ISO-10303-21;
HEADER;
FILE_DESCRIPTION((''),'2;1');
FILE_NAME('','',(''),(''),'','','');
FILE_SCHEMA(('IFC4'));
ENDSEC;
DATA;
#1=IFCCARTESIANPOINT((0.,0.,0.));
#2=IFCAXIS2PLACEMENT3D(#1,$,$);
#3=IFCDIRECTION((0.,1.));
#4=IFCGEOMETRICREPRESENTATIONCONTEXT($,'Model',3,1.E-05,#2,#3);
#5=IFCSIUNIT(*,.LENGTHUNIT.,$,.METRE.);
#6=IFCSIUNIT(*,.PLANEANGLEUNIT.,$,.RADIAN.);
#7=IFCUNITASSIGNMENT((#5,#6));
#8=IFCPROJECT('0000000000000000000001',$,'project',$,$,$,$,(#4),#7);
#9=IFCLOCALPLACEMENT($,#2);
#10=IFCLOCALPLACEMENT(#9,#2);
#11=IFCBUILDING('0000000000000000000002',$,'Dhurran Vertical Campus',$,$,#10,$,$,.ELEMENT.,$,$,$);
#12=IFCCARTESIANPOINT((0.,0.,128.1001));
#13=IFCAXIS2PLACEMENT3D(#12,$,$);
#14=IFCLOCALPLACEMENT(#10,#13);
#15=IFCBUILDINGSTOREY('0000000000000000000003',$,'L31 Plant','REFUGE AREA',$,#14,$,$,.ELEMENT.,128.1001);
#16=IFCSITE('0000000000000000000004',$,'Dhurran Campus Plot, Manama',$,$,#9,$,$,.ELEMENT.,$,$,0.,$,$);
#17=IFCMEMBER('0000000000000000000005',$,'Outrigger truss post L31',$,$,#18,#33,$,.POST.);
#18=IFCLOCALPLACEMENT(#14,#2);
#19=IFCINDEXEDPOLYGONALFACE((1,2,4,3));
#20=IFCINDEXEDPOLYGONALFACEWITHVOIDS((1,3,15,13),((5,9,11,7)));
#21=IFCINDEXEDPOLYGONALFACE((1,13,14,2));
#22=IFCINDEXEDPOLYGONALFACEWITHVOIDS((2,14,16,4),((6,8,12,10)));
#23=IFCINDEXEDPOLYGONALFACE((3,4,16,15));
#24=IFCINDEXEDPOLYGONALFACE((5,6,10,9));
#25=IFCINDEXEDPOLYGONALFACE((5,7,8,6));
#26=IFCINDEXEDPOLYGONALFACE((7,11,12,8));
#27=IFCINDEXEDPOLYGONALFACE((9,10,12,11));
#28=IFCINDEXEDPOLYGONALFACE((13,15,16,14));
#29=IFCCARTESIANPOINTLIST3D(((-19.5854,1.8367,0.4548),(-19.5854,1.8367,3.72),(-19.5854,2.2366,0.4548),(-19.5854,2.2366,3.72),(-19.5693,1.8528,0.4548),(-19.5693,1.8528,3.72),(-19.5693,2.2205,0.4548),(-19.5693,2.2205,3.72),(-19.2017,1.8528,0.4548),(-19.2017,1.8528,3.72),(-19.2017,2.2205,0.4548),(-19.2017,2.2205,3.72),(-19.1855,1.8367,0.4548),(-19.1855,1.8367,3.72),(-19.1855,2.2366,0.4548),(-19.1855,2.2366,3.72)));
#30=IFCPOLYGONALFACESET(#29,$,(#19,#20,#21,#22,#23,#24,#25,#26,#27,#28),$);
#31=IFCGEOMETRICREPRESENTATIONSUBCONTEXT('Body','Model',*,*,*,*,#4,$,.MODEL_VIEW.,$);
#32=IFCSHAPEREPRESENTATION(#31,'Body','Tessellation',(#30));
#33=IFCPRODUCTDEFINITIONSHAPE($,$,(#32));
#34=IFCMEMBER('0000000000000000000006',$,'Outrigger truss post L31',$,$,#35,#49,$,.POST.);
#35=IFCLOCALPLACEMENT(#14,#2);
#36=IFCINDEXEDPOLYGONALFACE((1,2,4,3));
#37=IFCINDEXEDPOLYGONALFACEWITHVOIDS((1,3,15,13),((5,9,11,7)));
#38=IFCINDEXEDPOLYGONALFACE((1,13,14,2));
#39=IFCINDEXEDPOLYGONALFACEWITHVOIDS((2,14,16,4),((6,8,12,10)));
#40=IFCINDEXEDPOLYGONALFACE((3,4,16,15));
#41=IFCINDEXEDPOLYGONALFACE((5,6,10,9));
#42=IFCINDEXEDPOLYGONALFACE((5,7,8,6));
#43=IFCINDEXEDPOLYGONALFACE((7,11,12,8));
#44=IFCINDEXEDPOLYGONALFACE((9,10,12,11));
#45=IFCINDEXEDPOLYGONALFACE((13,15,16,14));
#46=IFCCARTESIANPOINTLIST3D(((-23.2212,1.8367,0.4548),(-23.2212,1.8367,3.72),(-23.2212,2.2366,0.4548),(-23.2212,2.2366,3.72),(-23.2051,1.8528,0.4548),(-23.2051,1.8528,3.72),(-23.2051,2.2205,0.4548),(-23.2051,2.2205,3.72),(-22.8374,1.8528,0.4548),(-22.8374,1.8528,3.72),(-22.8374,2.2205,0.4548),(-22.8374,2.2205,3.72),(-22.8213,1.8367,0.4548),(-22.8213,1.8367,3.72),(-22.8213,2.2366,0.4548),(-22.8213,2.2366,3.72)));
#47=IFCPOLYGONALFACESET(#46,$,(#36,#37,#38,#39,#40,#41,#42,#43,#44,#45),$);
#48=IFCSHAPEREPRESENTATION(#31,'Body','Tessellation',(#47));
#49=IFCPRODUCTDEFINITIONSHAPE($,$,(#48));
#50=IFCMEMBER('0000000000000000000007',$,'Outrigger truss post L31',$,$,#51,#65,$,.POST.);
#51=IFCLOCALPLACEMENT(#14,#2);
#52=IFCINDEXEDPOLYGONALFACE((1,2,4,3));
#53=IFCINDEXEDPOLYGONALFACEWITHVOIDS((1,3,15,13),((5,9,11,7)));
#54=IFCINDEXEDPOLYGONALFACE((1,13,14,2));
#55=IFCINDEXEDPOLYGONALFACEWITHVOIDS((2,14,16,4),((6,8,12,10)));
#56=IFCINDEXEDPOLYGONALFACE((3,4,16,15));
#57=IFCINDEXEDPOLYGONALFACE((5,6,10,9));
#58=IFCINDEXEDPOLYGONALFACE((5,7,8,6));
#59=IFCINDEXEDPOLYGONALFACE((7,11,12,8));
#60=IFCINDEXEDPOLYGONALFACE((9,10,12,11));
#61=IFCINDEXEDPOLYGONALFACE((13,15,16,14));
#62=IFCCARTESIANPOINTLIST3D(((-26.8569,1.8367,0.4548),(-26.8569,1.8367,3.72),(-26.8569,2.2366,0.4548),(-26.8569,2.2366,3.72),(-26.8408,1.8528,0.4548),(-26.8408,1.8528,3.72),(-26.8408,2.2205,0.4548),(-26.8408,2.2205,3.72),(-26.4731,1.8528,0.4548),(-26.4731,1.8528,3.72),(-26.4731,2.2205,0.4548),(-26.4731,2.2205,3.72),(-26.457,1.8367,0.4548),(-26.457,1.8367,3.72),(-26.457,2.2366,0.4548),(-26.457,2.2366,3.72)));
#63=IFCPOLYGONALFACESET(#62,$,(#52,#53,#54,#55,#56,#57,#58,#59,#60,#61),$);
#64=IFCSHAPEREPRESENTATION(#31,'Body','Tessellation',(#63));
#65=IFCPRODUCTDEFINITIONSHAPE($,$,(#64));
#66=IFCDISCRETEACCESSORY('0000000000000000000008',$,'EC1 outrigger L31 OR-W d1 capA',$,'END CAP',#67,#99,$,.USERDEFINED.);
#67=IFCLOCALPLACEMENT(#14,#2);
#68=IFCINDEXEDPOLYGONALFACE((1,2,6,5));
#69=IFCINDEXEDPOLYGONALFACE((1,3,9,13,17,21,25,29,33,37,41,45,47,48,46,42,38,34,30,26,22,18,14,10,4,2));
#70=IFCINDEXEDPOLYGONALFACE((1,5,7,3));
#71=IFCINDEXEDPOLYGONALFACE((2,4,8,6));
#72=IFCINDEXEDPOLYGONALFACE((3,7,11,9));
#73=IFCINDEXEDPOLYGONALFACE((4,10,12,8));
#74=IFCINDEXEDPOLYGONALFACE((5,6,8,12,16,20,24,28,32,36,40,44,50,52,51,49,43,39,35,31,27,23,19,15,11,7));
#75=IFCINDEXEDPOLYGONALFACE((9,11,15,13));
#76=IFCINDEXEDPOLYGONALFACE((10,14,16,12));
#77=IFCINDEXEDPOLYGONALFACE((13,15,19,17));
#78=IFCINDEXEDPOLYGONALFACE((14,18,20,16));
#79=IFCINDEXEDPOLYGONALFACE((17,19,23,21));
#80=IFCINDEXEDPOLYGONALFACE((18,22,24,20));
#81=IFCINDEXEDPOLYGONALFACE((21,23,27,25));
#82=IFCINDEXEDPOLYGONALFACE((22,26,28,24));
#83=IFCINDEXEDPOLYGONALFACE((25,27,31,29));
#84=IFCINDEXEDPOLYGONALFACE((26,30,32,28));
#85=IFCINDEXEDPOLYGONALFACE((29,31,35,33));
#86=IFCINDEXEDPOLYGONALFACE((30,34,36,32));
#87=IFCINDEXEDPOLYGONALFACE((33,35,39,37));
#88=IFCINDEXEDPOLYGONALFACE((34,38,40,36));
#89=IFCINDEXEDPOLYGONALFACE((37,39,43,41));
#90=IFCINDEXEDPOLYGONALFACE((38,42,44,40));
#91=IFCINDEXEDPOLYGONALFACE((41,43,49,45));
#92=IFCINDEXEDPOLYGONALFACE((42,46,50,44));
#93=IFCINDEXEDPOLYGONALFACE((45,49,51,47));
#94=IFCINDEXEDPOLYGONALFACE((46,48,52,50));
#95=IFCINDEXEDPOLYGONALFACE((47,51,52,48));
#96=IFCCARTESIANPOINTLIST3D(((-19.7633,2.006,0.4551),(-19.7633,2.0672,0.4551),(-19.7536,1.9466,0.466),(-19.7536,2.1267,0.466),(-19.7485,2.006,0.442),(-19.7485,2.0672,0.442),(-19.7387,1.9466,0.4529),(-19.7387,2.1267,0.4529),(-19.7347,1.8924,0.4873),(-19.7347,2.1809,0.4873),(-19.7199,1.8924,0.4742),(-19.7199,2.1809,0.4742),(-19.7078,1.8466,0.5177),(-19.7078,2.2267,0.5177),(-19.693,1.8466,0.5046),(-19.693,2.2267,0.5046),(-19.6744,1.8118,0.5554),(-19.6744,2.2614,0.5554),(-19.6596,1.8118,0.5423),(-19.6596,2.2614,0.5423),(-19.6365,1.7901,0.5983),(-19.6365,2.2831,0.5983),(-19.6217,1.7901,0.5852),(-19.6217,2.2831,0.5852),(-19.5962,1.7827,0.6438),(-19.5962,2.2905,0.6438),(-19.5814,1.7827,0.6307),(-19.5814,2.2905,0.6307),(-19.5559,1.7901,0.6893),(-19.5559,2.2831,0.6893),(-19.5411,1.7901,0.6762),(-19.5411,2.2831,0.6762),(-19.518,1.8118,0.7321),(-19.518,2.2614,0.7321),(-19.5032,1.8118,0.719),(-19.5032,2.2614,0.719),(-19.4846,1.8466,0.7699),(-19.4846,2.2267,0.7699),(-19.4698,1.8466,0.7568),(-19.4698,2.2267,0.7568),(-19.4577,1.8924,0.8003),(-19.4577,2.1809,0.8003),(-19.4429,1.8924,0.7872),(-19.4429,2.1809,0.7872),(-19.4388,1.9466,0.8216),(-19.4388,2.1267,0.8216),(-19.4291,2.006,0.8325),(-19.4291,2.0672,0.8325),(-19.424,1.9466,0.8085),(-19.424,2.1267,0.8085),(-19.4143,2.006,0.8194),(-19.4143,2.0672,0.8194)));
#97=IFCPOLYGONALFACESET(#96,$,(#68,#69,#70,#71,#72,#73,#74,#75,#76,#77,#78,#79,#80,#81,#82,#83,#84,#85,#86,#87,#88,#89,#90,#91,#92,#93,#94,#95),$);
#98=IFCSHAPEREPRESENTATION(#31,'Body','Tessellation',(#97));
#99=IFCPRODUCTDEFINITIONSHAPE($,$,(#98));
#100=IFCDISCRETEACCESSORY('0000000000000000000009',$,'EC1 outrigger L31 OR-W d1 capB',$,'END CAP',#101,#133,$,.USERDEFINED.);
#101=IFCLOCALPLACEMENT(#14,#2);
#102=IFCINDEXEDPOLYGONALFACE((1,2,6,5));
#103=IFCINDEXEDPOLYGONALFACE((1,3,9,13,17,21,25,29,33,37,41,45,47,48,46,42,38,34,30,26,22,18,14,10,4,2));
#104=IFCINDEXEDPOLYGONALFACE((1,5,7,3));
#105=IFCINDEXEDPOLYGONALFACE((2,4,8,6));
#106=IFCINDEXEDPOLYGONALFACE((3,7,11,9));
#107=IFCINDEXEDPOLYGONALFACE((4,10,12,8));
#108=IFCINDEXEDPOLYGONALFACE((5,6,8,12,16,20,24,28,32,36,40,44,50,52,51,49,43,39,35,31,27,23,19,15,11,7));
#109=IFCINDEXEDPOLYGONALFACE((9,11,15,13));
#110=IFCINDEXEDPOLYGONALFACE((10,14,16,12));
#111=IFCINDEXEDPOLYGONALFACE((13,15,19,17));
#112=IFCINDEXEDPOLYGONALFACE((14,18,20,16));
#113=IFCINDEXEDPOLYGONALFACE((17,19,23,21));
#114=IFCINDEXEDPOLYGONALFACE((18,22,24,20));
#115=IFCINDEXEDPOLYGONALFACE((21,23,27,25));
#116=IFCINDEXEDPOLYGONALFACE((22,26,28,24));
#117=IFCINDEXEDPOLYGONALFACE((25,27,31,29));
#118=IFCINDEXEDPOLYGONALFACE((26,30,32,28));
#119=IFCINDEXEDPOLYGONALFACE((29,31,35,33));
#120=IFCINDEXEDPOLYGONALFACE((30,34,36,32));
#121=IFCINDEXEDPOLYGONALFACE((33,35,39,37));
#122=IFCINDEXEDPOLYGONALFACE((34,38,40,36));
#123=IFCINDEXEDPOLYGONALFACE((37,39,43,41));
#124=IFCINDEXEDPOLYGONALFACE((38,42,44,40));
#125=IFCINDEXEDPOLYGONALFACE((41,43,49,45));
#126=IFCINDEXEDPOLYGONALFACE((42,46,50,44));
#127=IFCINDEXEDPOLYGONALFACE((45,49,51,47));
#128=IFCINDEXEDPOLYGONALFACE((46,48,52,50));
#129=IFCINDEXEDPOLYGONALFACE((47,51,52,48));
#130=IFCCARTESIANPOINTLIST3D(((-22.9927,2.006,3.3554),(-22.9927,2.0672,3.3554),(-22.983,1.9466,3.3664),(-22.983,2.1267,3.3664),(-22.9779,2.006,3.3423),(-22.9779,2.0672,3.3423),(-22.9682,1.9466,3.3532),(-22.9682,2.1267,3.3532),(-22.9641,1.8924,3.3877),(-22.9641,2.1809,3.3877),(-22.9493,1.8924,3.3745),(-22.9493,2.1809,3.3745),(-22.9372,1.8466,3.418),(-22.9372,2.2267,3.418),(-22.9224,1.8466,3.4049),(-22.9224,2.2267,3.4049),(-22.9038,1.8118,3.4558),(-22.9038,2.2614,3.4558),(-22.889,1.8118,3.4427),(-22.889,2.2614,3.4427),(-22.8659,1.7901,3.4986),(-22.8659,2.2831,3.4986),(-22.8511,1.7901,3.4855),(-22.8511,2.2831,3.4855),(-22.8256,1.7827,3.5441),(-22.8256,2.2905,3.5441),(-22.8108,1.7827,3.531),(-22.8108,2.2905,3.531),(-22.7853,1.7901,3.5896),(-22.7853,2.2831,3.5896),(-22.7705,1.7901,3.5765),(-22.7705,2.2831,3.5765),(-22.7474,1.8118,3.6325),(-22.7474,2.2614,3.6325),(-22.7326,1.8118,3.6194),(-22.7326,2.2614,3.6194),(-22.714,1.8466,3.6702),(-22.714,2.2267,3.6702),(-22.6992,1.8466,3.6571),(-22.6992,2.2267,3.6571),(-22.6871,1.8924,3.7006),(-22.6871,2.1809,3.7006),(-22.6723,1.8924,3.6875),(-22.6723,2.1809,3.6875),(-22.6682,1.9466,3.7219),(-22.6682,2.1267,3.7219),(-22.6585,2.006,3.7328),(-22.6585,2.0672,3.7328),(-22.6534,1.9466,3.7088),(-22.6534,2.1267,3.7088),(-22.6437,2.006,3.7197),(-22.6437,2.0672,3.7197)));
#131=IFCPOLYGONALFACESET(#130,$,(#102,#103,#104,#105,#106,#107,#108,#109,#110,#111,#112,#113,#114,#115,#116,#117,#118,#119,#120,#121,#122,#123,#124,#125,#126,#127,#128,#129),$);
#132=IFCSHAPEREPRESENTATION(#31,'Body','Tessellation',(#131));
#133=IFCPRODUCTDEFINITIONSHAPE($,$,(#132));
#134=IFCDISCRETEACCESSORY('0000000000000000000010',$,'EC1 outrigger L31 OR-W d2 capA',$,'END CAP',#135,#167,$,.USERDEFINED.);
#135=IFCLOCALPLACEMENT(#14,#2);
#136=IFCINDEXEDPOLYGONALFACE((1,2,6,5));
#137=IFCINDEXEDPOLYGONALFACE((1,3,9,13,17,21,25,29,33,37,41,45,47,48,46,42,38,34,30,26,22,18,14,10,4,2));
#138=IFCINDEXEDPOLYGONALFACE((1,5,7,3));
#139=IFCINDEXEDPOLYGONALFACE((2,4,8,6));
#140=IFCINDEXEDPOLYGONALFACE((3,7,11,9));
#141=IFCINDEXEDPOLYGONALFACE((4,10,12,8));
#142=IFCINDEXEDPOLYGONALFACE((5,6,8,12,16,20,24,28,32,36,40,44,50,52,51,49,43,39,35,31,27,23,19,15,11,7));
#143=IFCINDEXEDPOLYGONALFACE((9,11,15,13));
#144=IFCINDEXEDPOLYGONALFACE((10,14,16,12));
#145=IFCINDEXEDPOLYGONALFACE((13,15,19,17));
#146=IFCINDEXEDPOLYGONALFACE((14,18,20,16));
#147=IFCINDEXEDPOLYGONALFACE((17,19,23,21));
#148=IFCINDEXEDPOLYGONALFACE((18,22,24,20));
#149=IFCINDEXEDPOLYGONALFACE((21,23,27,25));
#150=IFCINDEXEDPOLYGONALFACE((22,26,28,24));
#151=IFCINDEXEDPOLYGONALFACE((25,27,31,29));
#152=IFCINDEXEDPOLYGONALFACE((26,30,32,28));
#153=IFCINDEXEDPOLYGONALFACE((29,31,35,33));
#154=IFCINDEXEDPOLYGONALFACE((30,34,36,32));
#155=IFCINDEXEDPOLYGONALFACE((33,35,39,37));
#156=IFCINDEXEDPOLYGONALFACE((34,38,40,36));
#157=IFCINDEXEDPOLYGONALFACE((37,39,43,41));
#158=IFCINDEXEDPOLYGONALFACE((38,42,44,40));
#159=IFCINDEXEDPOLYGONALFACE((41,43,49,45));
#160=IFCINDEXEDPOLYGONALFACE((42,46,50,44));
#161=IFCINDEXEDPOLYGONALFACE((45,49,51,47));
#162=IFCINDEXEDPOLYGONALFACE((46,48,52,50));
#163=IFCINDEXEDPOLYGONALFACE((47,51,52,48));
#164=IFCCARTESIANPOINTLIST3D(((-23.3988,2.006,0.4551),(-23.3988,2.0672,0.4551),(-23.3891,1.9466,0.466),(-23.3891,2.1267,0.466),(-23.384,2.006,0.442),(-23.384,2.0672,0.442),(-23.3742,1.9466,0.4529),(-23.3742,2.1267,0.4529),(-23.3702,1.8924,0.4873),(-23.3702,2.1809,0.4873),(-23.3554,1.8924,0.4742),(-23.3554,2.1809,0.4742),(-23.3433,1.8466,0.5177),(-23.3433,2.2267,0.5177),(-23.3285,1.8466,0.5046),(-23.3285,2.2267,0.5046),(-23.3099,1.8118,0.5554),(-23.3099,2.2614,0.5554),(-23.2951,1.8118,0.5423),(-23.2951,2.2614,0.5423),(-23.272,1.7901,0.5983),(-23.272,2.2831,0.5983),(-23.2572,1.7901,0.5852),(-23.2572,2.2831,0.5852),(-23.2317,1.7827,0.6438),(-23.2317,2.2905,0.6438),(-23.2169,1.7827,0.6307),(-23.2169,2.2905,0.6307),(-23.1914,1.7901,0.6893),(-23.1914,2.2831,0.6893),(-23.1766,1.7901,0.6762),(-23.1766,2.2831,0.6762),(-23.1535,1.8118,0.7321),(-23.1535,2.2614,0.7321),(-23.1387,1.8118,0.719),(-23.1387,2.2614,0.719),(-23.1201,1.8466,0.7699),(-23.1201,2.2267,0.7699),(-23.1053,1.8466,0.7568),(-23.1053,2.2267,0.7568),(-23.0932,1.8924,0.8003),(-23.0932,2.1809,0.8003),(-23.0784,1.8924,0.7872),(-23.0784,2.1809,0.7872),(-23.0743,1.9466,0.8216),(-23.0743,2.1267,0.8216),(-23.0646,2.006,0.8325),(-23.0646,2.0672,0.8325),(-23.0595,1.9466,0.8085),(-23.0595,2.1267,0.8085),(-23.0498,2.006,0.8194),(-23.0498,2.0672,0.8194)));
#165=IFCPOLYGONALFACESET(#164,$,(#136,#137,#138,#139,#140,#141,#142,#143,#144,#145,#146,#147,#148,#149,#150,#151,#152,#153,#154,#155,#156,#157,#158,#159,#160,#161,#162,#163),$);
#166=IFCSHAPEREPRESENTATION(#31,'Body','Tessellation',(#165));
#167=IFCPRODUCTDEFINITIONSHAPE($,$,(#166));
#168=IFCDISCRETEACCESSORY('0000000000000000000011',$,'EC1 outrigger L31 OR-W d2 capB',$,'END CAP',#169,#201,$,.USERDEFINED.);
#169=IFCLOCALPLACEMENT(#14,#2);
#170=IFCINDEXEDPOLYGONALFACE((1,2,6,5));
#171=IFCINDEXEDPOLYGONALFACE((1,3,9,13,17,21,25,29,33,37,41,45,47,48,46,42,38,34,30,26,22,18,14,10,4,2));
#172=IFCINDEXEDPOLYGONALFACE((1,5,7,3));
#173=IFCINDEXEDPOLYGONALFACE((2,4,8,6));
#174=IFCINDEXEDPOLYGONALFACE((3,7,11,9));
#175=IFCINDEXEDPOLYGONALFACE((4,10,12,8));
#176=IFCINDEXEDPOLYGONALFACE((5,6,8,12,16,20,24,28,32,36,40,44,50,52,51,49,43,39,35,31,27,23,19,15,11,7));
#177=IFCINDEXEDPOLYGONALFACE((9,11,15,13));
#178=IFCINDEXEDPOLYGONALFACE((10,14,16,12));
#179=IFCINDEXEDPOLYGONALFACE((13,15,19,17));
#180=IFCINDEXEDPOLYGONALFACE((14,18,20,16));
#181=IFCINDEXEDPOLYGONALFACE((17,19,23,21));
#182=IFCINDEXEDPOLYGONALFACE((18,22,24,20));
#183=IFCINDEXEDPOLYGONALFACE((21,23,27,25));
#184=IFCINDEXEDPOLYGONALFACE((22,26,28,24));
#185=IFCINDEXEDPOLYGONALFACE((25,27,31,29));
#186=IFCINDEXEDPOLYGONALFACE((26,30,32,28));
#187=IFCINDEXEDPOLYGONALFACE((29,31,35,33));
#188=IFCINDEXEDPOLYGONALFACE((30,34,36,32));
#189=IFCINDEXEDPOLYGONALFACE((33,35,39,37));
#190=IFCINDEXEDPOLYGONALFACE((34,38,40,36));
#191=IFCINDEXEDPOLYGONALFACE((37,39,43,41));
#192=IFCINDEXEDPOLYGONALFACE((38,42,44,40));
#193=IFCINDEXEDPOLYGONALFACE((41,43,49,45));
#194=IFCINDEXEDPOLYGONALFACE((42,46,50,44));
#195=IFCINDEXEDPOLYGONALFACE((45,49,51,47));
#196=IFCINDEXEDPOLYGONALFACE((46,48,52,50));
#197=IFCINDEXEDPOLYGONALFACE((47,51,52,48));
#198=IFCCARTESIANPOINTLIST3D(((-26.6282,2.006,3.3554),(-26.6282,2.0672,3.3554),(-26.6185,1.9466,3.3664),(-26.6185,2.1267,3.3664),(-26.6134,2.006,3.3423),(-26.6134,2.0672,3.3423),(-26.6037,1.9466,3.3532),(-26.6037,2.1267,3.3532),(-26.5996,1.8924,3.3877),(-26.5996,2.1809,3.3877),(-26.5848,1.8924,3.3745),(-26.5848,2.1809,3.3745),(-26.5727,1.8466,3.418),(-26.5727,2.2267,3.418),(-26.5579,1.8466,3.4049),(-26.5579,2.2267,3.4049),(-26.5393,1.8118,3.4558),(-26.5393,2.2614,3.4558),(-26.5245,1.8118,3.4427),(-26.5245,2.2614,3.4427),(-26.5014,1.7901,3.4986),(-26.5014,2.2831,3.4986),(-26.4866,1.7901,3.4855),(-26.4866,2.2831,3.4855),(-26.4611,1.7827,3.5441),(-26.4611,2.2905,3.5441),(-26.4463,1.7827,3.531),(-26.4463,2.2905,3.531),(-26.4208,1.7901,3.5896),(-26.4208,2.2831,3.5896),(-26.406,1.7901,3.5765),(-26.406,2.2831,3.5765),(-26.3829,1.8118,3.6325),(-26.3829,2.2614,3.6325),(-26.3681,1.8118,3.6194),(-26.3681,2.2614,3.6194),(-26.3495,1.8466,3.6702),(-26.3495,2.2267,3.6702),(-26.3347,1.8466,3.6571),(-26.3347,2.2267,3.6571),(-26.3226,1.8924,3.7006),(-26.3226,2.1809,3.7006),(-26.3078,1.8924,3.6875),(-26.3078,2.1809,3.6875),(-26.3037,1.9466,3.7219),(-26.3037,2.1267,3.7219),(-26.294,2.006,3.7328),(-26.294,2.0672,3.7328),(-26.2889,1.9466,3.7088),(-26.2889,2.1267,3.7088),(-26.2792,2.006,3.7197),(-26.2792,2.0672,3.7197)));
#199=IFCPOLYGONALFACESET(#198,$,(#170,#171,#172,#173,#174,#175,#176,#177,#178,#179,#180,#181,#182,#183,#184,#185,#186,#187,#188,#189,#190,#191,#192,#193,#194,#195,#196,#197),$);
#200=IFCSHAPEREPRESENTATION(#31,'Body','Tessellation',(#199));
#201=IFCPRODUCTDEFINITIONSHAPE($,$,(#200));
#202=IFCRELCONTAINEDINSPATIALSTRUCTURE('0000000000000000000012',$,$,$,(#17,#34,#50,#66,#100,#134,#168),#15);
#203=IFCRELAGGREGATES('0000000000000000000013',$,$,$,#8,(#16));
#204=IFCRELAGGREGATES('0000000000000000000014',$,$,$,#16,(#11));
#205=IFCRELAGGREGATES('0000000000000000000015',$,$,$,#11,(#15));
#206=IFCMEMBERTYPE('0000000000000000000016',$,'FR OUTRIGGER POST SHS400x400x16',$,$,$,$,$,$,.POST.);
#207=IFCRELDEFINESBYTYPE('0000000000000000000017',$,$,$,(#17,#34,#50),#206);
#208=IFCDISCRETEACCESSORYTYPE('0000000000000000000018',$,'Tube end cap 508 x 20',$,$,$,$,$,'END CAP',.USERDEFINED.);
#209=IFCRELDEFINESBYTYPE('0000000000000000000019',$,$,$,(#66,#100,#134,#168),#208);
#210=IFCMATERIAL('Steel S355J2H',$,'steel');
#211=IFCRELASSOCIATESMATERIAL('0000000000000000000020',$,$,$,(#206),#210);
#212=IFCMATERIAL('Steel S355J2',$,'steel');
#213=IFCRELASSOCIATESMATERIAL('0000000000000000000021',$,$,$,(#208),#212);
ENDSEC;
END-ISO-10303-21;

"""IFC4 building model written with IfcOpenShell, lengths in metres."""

from ifc_helpers import new_model, si_unit, direction, frame, origin, origin_2d, place, context, subcontext, project, spatial, hollow_rectangle, circle, extrude, material, material_profile, profile_set, type_object, element, save


model = new_model("IFC4")

# Units and contexts
model_context = context("Model", 3, precision=1e-05, world=origin(), true_north=direction((0.0, 1.0)))
body_context = subcontext(model_context, "Body", "Model", "MODEL_VIEW")
ifc_project = project(units=[si_unit("LENGTHUNIT", "METRE"), si_unit("PLANEANGLEUNIT", "RADIAN")], contexts=[model_context])

# Site, building, storey
site_placement = place(None, origin())
site = spatial("IfcSite", under=ifc_project, at=site_placement, Name="Dhurran Campus Plot, Manama", CompositionType="ELEMENT", RefElevation=0.0)
building_placement = place(site_placement, origin())
building = spatial("IfcBuilding", under=site, at=building_placement, Name="Dhurran Vertical Campus", CompositionType="ELEMENT")
storey_placement = place(building_placement, frame((0.0, 0.0, 128.1001)))
storey = spatial("IfcBuildingStorey", under=building, at=storey_placement, Name="L31 Plant", Description="REFUGE AREA", CompositionType="ELEMENT", Elevation=128.1001)

# Members
ifc_material_1 = material(Name="Steel S355J2H", Category="steel")
ifc_material_profile_1 = material_profile(ifc_material_1, hollow_rectangle(XDim=0.3999, YDim=0.3999, WallThickness=0.0161, at=origin_2d()), Name="SHS400x400x16")
ifc_profile_set_1 = profile_set([ifc_material_profile_1], Name="Steel S355J2H")
member_type_1 = type_object("IfcMemberType", Name="FR OUTRIGGER POST SHS400x400x16", PredefinedType="POST", material=ifc_profile_set_1)
for number, where, z_axis, x_axis, name in (
    (1, (-19.3855, 2.0366, 0.4548), (0.0, 0.0, 1.0), (-1.0, 0.0, 0.0), "Outrigger truss post L31"),
    (2, (-23.0212, 2.0366, 0.4548), (0.0, 0.0, 1.0), (-1.0, 0.0, 0.0), "Outrigger truss post L31"),
    (3, (-26.657, 2.0366, 0.4548), (0.0, 0.0, 1.0), (-1.0, 0.0, 0.0), "Outrigger truss post L31"),
):
    element("IfcMember", number, at=place(storey_placement, frame(where, z_axis=z_axis, x_axis=x_axis)), inside=storey, type_object=member_type_1, Name=name, PredefinedType="POST", context=body_context, shape_type="SweptSolid", body=[
        extrude(hollow_rectangle(XDim=0.3999, YDim=0.3999, WallThickness=0.0161, at=origin_2d()), origin(), (0.0, 0.0, 1.0), 3.2651),
    ])

# Discrete accessories
ifc_material_2 = material(Name="Steel S355J2", Category="steel")
ifc_material_profile_2 = material_profile(ifc_material_2, circle(Radius=0.2539, at=origin_2d()), Name="Tube end cap 508 x 20")
ifc_profile_set_2 = profile_set([ifc_material_profile_2], Name="Steel S355J2")
discrete_accessory_type = type_object("IfcDiscreteAccessoryType", Name="Tube end cap 508 x 20", ElementType="END CAP", PredefinedType="USERDEFINED", material=ifc_profile_set_2)
for number, where, z_axis, x_axis, name in (
    (4, (-19.5962, 2.0366, 0.6438), (0.748762, 0.0, -0.662839), (0.0, 1.0, 0.0), "EC1 outrigger L31 OR-W d1 capA"),
    (5, (-22.8108, 2.0366, 3.531), (-0.748762, 0.0, 0.662839), (0.0, -1.0, 0.0), "EC1 outrigger L31 OR-W d1 capB"),
    (6, (-23.2317, 2.0366, 0.6438), (0.748762, 0.0, -0.662839), (0.0, 1.0, 0.0), "EC1 outrigger L31 OR-W d2 capA"),
    (7, (-26.4463, 2.0366, 3.531), (-0.748762, 0.0, 0.662839), (0.0, -1.0, 0.0), "EC1 outrigger L31 OR-W d2 capB"),
):
    element("IfcDiscreteAccessory", number, at=place(storey_placement, frame(where, z_axis=z_axis, x_axis=x_axis)), inside=storey, type_object=discrete_accessory_type, Name=name, ObjectType="END CAP", PredefinedType="USERDEFINED", context=body_context, shape_type="SweptSolid", body=[
        extrude(circle(Radius=0.2539, at=origin_2d()), origin(), (0.0, 0.0, 1.0), 0.0198),
    ])

save(model, "model.ifc")
